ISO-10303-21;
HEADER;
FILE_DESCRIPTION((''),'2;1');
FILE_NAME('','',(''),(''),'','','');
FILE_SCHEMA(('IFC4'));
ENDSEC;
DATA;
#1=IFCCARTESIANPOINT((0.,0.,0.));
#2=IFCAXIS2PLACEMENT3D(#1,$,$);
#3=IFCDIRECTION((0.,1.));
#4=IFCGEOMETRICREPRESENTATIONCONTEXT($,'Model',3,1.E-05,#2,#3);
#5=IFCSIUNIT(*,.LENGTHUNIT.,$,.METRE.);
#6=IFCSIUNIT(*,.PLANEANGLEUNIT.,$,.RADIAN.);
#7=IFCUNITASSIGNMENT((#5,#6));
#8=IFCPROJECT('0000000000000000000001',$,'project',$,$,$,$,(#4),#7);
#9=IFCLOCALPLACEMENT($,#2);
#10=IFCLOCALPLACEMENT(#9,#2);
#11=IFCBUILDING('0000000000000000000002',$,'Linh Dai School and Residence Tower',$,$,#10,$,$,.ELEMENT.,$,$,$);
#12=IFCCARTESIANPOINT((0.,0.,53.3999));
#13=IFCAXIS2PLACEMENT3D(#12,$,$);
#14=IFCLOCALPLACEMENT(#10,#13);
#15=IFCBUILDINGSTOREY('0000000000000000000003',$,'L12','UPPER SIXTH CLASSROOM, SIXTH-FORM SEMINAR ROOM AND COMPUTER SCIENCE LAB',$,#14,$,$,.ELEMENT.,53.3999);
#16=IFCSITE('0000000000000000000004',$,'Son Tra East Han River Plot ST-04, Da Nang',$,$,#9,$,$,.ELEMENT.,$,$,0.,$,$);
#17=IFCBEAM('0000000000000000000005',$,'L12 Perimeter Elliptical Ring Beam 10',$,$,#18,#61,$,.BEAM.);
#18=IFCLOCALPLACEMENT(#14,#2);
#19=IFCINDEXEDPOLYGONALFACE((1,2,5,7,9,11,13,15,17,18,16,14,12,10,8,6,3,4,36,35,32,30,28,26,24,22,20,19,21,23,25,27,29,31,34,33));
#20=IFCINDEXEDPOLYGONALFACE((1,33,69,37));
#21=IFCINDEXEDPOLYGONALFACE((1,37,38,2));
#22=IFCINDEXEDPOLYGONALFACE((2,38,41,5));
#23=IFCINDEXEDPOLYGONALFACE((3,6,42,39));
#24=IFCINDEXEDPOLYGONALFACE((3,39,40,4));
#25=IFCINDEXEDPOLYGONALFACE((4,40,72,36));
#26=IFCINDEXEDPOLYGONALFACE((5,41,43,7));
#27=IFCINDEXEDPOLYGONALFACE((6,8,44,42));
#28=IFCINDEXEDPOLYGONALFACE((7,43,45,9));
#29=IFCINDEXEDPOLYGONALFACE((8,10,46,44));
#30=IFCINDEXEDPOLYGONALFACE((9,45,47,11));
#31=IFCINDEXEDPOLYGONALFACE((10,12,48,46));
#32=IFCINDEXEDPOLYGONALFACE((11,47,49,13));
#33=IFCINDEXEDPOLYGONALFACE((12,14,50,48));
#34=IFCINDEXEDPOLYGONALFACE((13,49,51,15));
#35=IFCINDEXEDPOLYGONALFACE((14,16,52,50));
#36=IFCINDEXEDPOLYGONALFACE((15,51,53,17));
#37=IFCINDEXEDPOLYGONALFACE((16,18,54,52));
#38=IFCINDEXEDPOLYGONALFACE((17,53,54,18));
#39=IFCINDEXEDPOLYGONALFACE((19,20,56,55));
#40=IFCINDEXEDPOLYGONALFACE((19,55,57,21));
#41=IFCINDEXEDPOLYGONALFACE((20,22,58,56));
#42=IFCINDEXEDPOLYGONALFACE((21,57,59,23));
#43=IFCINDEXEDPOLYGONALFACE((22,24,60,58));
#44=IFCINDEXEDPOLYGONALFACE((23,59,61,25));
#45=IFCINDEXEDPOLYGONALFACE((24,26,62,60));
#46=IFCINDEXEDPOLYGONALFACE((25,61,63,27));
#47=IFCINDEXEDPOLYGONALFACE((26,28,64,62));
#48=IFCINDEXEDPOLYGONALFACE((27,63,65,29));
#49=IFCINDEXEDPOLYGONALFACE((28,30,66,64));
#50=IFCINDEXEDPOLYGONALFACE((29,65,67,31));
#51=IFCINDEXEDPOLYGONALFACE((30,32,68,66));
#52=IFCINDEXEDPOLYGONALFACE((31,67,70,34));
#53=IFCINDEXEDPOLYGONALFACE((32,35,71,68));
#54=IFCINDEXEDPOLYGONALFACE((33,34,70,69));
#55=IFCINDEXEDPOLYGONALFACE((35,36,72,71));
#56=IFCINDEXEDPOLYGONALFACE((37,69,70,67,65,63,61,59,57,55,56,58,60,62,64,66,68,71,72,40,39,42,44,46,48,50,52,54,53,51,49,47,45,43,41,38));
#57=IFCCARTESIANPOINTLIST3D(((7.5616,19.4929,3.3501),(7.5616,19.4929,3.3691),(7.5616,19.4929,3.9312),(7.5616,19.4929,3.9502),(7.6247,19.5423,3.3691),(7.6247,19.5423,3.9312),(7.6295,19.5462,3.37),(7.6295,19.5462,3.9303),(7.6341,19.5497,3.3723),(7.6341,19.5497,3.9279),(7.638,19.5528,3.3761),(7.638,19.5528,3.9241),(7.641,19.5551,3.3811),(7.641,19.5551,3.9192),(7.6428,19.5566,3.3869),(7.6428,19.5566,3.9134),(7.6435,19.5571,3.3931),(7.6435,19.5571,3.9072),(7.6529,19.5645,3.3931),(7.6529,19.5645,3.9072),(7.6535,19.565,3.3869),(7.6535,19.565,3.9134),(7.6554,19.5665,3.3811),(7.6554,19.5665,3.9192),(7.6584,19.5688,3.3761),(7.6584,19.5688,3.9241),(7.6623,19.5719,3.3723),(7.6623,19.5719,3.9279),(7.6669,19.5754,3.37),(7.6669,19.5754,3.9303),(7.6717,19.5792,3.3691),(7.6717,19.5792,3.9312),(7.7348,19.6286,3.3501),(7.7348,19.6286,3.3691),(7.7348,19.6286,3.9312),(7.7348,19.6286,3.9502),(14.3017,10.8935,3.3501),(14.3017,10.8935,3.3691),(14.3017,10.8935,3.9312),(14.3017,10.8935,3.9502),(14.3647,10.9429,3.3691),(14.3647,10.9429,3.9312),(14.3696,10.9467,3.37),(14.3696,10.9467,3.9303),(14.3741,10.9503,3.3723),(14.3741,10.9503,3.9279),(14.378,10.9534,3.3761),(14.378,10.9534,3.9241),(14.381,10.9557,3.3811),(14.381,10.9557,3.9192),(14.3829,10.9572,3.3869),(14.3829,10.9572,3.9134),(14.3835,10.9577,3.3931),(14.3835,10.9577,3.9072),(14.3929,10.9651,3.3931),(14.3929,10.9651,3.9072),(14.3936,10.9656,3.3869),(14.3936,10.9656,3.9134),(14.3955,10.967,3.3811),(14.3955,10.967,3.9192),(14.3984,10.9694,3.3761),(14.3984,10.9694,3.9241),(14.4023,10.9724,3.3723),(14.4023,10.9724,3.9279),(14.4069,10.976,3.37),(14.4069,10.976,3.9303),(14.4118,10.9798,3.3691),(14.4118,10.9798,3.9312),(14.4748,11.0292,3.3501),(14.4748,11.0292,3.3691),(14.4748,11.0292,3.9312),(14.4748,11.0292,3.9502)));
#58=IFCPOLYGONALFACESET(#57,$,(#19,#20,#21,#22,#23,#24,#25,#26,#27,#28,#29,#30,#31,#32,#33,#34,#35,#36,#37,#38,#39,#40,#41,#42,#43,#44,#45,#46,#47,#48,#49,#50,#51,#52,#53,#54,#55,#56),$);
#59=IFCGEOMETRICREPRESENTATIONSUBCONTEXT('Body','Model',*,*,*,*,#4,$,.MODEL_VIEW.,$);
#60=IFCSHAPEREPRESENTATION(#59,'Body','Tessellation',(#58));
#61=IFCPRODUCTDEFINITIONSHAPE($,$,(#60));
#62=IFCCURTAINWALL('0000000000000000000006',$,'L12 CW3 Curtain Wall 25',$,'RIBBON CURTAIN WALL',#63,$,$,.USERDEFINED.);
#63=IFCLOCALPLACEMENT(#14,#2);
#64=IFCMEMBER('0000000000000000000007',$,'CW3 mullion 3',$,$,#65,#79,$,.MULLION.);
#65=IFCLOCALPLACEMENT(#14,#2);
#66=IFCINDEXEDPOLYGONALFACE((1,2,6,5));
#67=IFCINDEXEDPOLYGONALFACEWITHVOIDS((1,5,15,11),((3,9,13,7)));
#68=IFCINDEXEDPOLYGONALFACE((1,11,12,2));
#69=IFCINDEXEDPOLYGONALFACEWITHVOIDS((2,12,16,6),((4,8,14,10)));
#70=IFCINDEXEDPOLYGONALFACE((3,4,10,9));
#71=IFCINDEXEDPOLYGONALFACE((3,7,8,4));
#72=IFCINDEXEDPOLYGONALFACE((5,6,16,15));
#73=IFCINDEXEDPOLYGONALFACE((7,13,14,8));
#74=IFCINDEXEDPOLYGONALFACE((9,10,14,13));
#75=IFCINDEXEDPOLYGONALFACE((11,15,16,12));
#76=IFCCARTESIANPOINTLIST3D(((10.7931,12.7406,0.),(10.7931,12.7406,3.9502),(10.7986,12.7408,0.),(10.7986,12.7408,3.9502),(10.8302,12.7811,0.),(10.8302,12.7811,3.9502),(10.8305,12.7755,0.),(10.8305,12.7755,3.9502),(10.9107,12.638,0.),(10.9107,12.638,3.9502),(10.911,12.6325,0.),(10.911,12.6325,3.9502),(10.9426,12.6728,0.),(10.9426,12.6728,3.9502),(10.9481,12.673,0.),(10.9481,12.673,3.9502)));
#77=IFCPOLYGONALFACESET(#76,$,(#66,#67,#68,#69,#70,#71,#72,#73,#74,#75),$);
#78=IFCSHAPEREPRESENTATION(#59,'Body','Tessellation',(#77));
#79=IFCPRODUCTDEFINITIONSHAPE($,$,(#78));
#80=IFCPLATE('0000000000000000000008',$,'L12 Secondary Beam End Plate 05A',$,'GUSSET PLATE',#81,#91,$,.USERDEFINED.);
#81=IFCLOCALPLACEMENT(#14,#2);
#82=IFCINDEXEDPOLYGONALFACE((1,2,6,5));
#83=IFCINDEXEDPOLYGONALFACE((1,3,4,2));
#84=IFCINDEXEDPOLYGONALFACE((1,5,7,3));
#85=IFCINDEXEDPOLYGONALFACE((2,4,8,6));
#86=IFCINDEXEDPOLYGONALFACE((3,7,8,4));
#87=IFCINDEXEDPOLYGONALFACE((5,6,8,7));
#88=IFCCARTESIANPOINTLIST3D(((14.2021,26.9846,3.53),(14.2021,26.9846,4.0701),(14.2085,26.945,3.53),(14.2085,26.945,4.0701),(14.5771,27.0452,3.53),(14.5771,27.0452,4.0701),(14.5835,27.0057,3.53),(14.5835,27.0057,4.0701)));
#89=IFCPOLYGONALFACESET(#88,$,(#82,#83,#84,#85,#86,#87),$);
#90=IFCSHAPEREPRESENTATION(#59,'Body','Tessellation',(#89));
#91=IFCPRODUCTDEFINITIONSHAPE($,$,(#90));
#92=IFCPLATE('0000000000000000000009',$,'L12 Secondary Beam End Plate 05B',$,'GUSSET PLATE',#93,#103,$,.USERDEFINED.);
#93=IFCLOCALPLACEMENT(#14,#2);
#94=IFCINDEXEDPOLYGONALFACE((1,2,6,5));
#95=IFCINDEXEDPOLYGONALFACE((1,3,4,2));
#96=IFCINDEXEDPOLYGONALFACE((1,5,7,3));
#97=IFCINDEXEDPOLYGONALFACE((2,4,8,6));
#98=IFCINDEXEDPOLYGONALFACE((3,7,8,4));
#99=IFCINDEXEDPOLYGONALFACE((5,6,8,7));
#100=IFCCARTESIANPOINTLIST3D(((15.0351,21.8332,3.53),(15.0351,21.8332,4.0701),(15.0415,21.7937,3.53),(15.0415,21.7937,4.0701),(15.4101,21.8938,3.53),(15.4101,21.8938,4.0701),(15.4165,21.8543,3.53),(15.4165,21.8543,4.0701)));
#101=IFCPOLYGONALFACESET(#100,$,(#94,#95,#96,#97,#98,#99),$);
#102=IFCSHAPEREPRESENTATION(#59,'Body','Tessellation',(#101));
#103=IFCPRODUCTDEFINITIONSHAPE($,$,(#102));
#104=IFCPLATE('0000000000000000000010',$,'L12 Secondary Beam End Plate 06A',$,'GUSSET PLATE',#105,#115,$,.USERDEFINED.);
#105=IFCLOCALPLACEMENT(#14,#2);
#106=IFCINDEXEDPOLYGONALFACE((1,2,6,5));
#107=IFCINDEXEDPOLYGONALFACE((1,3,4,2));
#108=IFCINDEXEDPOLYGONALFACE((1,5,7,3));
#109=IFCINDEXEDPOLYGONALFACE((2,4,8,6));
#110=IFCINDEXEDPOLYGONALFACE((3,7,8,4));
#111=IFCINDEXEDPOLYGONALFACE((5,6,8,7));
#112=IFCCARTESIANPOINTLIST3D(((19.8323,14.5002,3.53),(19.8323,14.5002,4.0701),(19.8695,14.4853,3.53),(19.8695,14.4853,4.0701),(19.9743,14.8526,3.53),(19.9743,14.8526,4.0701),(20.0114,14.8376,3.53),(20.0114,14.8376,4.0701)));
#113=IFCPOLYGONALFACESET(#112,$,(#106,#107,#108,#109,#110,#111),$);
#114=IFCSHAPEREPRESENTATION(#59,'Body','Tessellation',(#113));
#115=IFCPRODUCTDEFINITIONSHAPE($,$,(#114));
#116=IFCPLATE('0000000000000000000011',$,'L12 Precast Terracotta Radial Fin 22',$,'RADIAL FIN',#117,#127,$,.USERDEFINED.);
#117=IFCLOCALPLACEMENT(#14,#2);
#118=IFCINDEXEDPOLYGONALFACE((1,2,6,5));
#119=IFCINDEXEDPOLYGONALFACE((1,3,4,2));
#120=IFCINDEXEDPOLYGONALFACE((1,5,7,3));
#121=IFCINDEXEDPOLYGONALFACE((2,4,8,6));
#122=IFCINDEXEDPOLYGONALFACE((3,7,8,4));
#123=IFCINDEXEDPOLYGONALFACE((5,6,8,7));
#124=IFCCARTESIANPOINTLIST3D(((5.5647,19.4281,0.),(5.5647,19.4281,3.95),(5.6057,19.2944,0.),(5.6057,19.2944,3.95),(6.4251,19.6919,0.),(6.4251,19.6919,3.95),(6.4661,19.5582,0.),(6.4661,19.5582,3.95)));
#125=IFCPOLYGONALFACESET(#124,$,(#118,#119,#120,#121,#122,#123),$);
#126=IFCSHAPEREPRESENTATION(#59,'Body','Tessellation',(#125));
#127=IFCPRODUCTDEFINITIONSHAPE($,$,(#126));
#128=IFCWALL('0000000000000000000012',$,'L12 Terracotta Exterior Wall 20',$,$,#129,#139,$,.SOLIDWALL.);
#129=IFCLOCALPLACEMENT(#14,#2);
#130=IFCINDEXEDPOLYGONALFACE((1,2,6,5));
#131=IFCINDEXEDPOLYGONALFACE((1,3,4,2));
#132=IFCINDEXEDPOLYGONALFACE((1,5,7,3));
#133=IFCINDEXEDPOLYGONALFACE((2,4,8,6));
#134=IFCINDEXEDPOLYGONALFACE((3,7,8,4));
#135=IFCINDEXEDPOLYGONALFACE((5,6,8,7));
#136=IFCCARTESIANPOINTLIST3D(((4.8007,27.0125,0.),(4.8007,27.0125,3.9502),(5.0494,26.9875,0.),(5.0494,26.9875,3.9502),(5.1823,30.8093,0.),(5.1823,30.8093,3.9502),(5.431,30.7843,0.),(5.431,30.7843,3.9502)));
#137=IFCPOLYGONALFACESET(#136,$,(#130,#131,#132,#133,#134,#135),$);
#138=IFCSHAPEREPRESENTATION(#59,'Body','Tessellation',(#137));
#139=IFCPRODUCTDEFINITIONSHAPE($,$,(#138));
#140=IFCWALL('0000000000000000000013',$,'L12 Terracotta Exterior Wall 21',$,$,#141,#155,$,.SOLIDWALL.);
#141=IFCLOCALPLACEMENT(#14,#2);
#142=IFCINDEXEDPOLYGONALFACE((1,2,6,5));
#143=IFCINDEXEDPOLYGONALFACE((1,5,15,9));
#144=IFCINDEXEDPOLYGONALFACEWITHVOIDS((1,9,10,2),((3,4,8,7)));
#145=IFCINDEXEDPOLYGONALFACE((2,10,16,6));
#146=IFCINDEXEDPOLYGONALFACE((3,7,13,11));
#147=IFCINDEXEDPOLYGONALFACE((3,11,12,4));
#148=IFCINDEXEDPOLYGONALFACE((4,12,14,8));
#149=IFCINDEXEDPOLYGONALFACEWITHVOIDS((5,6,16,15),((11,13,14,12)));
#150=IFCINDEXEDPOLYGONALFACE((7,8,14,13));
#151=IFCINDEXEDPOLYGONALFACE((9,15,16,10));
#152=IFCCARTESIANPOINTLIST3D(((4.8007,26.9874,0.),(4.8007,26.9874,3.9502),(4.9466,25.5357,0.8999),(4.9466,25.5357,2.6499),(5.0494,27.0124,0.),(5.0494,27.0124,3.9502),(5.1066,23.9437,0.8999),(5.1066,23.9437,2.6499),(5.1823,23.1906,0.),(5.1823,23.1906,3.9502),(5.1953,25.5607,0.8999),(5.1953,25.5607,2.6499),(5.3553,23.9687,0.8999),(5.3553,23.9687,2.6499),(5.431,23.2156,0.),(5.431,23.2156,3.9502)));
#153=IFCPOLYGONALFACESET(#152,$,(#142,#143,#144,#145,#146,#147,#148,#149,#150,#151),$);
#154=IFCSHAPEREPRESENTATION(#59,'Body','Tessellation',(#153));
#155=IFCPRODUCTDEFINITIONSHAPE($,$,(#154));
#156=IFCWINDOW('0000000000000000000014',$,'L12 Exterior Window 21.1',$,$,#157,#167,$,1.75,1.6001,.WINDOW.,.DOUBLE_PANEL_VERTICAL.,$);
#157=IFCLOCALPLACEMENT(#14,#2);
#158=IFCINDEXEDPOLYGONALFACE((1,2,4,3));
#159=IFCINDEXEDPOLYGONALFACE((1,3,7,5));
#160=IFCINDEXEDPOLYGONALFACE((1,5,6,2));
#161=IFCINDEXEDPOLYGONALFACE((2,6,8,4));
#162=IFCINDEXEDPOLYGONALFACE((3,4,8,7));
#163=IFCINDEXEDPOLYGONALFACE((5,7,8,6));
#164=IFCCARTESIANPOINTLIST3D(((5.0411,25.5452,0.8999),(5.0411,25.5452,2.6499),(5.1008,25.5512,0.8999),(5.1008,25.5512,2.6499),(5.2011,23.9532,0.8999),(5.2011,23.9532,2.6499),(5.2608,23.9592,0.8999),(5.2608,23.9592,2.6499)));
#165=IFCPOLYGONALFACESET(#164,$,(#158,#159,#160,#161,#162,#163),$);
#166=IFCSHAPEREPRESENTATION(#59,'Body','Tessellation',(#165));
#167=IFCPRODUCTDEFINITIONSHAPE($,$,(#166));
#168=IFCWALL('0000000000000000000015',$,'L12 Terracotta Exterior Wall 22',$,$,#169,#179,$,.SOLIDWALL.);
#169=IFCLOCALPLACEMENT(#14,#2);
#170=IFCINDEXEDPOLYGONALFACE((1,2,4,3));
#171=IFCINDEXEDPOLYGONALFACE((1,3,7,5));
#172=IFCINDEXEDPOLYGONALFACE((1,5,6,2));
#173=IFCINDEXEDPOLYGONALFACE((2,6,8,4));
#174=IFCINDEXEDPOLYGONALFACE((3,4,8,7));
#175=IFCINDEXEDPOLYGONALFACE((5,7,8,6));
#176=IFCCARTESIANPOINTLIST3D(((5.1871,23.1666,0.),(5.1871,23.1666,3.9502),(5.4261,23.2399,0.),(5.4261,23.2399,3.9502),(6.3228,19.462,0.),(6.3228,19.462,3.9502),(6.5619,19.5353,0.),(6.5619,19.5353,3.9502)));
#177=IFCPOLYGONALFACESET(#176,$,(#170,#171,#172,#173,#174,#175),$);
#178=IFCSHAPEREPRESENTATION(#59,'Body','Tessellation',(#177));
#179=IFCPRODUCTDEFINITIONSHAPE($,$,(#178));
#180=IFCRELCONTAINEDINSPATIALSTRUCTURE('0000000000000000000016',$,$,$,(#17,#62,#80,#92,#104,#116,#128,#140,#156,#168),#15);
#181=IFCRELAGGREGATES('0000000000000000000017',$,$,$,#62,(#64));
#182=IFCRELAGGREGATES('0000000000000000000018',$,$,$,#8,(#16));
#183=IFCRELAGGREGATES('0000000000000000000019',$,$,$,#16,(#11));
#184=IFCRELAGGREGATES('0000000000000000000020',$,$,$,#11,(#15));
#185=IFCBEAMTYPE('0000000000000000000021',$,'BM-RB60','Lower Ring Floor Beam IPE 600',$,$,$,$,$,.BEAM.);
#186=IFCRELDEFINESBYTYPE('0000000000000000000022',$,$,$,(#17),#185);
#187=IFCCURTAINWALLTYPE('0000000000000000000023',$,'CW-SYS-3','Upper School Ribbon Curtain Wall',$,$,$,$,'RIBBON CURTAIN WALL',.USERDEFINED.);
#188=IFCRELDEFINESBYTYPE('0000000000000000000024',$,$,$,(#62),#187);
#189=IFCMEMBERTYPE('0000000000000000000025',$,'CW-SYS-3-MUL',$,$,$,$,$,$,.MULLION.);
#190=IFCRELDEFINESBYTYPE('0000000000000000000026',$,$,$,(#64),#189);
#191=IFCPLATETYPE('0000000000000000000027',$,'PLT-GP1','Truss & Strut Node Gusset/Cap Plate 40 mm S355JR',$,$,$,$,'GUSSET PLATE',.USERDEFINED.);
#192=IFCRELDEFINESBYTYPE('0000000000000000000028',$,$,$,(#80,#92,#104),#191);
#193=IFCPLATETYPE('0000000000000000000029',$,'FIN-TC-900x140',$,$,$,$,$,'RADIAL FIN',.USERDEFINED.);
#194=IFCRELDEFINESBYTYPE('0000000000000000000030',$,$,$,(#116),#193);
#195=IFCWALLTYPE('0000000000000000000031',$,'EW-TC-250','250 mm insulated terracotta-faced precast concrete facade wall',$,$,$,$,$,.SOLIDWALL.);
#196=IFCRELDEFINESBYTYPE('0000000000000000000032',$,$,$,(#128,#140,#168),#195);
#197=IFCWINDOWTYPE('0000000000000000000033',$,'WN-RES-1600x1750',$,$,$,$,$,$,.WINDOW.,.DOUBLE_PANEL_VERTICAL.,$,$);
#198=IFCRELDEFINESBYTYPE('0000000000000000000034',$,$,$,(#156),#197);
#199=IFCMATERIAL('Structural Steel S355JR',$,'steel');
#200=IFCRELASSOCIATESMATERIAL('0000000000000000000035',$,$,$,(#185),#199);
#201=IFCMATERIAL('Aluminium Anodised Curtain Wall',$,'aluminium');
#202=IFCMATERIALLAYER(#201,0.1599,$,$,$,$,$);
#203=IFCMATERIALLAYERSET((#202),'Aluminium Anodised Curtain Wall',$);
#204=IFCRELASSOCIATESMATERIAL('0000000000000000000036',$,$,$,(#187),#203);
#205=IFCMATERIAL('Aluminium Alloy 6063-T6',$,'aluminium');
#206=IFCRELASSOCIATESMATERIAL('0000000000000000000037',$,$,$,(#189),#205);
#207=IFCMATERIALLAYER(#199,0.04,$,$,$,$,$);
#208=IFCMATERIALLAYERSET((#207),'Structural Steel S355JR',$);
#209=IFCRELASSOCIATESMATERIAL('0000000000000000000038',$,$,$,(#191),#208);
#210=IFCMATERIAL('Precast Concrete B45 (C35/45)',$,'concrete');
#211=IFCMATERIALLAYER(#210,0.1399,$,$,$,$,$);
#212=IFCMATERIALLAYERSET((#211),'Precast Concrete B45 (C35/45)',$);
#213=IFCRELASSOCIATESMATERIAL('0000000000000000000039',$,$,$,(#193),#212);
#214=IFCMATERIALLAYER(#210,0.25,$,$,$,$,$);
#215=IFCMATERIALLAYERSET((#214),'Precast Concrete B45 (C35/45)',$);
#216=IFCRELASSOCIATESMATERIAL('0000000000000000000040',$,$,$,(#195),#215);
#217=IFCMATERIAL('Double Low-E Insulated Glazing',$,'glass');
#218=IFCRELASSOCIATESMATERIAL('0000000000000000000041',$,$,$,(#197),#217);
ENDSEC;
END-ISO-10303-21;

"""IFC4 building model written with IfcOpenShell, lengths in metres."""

from ifc_helpers import new_model, si_unit, direction, frame, frame_2d, origin, origin_2d, place, context, subcontext, project, spatial, rectangle, hollow_rectangle, i_section, extrude, source, transform, mapped, material, layer, layer_set, material_profile, profile_set, type_object, element, fill, aggregate, save


model = new_model("IFC4")

# Units and contexts
model_context = context("Model", 3, precision=1e-05, world=origin(), true_north=direction((0.0, 1.0)))
body_context = subcontext(model_context, "Body", "Model", "MODEL_VIEW")
ifc_project = project(units=[si_unit("LENGTHUNIT", "METRE"), si_unit("PLANEANGLEUNIT", "RADIAN")], contexts=[model_context])

# Site, building, storey
site_placement = place(None, origin())
site = spatial("IfcSite", under=ifc_project, at=site_placement, Name="Son Tra East Han River Plot ST-04, Da Nang", CompositionType="ELEMENT", RefElevation=0.0)
building_placement = place(site_placement, origin())
building = spatial("IfcBuilding", under=site, at=building_placement, Name="Linh Dai School and Residence Tower", CompositionType="ELEMENT")
storey_placement = place(building_placement, frame((0.0, 0.0, 53.3999)))
storey = spatial("IfcBuildingStorey", under=building, at=storey_placement, Name="L12", Description="UPPER SIXTH CLASSROOM, SIXTH-FORM SEMINAR ROOM AND COMPUTER SCIENCE LAB", CompositionType="ELEMENT", Elevation=53.3999)

# Shared definitions
ifc_material_1 = material(Name="Structural Steel S355JR", Category="steel")

# Beam
ifc_material_profile_1 = material_profile(ifc_material_1, i_section(OverallWidth=0.22, OverallDepth=0.6001, WebThickness=0.012, FlangeThickness=0.019, FilletRadius=0.0239, at=origin_2d()), Name="IPE 600")
ifc_profile_set_1 = profile_set([ifc_material_profile_1], Name="Structural Steel S355JR")
beam_type_1 = type_object("IfcBeamType", Name="BM-RB60", Description="Lower Ring Floor Beam IPE 600", PredefinedType="BEAM", material=ifc_profile_set_1)
beam_1_placement = place(storey_placement, frame((7.6482, 19.5608, 3.6501), z_axis=(0.616879, -0.787058, 0.0), x_axis=(0.787058, 0.616879, 0.0)))
element("IfcBeam", 1, at=beam_1_placement, inside=storey, type_object=beam_type_1, Name="L12 Perimeter Elliptical Ring Beam 10", PredefinedType="BEAM", context=body_context, shape_type="SweptSolid", body=[
    extrude(i_section(OverallWidth=0.22, OverallDepth=0.6001, WebThickness=0.012, FlangeThickness=0.019, FilletRadius=0.0239, at=origin_2d()), origin(), (0.0, 0.0, 1.0), 10.926),
])

# Curtain wall, member
ifc_material_2 = material(Name="Aluminium Anodised Curtain Wall", Category="aluminium")
ifc_layer_1 = layer(ifc_material_2, 0.1599)
ifc_layer_set_1 = layer_set([ifc_layer_1], Name="Aluminium Anodised Curtain Wall")
curtain_wall_type = type_object("IfcCurtainWallType", Name="CW-SYS-3", Description="Upper School Ribbon Curtain Wall", ElementType="RIBBON CURTAIN WALL", PredefinedType="USERDEFINED", material=ifc_layer_set_1)
curtain_wall_placement = place(storey_placement, origin())
curtain_wall = element("IfcCurtainWall", 2, at=curtain_wall_placement, inside=storey, type_object=curtain_wall_type, Name="L12 CW3 Curtain Wall 25", ObjectType="RIBBON CURTAIN WALL", PredefinedType="USERDEFINED")
ifc_material_3 = material(Name="Aluminium Alloy 6063-T6", Category="aluminium")
ifc_material_profile_2 = material_profile(ifc_material_3, hollow_rectangle(XDim=0.0549, YDim=0.1599, WallThickness=0.0039, at=origin_2d()), Name="RHS 160x55x4")
ifc_profile_set_2 = profile_set([ifc_material_profile_2], Name="Aluminium Alloy 6063-T6")
member_type = type_object("IfcMemberType", Name="CW-SYS-3-MUL", PredefinedType="MULLION", material=ifc_profile_set_2)
shared_shape_1 = source(origin(), body_context, "Body", "SweptSolid", [
    extrude(hollow_rectangle(XDim=0.0549, YDim=0.1599, WallThickness=0.0039, at=origin_2d()), origin(), (0.0, 0.0, 1.0), 3.9502),
])
member_placement = place(storey_placement, frame((10.8706, 12.7068, 0.0), z_axis=(0.0, 0.0, 1.0), x_axis=(-0.675769, -0.737113, 0.0)))
member = element("IfcMember", 3, at=member_placement, type_object=member_type, Name="CW3 mullion 3", PredefinedType="MULLION", context=body_context, shape_type="MappedRepresentation", body=[
    mapped(shared_shape_1, transform((0.0, 0.0, 0.0), x_axis=(1.0, 0.0, 0.0), y_axis=(0.0, 1.0, 0.0), z_axis=(0.0, 0.0, 1.0), scale=1.0)),
])
aggregate(curtain_wall, [member])

# Plates
ifc_layer_2 = layer(ifc_material_1, 0.04)
ifc_layer_set_2 = layer_set([ifc_layer_2], Name="Structural Steel S355JR")
plate_type_1 = type_object("IfcPlateType", Name="PLT-GP1", Description="Truss & Strut Node Gusset/Cap Plate 40 mm S355JR", ElementType="GUSSET PLATE", PredefinedType="USERDEFINED", material=ifc_layer_set_2)
shared_shape_2 = source(origin(), body_context, "Body", "SweptSolid", [
    extrude(rectangle(XDim=0.04, YDim=0.3799, at=origin_2d()), origin(), (0.0, 0.0, 1.0), 0.54),
])
for number, where, z_axis, x_axis, name in (
    (4, (14.3928, 26.9951, 3.53), (0.0, 0.0, 1.0), (0.159659, -0.987172, 0.0), "L12 Secondary Beam End Plate 05A"),
    (5, (15.2258, 21.8438, 3.53), (0.0, 0.0, 1.0), (0.159659, -0.987172, 0.0), "L12 Secondary Beam End Plate 05B"),
    (6, (19.9219, 14.6689, 3.53), (0.0, 0.0, 1.0), (0.927536, -0.373733, 0.0), "L12 Secondary Beam End Plate 06A"),
):
    element("IfcPlate", number, at=place(storey_placement, frame(where, z_axis=z_axis, x_axis=x_axis)), inside=storey, type_object=plate_type_1, Name=name, ObjectType="GUSSET PLATE", PredefinedType="USERDEFINED", context=body_context, shape_type="MappedRepresentation", body=[
        mapped(shared_shape_2, transform((0.0, 0.0, 0.0), x_axis=(1.0, 0.0, 0.0), y_axis=(0.0, 1.0, 0.0), z_axis=(0.0, 0.0, 1.0), scale=1.0)),
    ])
ifc_material_4 = material(Name="Precast Concrete B45 (C35/45)", Category="concrete")
ifc_layer_3 = layer(ifc_material_4, 0.1399)
ifc_layer_set_3 = layer_set([ifc_layer_3], Name="Precast Concrete B45 (C35/45)")
plate_type_2 = type_object("IfcPlateType", Name="FIN-TC-900x140", ElementType="RADIAL FIN", PredefinedType="USERDEFINED", material=ifc_layer_set_3)
shared_shape_3 = source(origin(), body_context, "Body", "SweptSolid", [
    extrude(rectangle(XDim=0.8999, YDim=0.1399, at=origin_2d()), origin(), (0.0, 0.0, 1.0), 3.95),
])
plate_placement = place(storey_placement, frame((6.0154, 19.4932, 0.0), z_axis=(0.0, 0.0, 1.0), x_axis=(-0.956068, -0.293146, 0.0)))
element("IfcPlate", 7, at=plate_placement, inside=storey, type_object=plate_type_2, Name="L12 Precast Terracotta Radial Fin 22", ObjectType="RADIAL FIN", PredefinedType="USERDEFINED", context=body_context, shape_type="MappedRepresentation", body=[
    mapped(shared_shape_3, transform((0.0, 0.0, 0.0), x_axis=(1.0, 0.0, 0.0), y_axis=(0.0, 1.0, 0.0), z_axis=(0.0, 0.0, 1.0), scale=1.0)),
])

# Wall
ifc_layer_4 = layer(ifc_material_4, 0.25)
ifc_layer_set_4 = layer_set([ifc_layer_4], Name="Precast Concrete B45 (C35/45)")
wall_type_1 = type_object("IfcWallType", Name="EW-TC-250", Description="250 mm insulated terracotta-faced precast concrete facade wall", PredefinedType="SOLIDWALL", material=ifc_layer_set_4)
wall_1_placement = place(storey_placement, frame((4.925, 27.0, 0.0), z_axis=(0.0, 0.0, 1.0), x_axis=(0.099998, 0.994988, 0.0)))
element("IfcWall", 8, at=wall_1_placement, inside=storey, type_object=wall_type_1, Name="L12 Terracotta Exterior Wall 20", PredefinedType="SOLIDWALL", context=body_context, shape_type="SweptSolid", body=[
    extrude(rectangle(XDim=3.8159, YDim=0.25, at=frame_2d((1.908, 0.0))), origin(), (0.0, 0.0, 1.0), 3.9502),
])

# Wall, opening, window
wall_2_placement = place(storey_placement, frame((5.3066, 23.2031, 0.0), z_axis=(0.0, 0.0, 1.0), x_axis=(-0.099998, 0.994988, 0.0)))
wall_2 = element("IfcWall", 9, at=wall_2_placement, inside=storey, type_object=wall_type_1, Name="L12 Terracotta Exterior Wall 21", PredefinedType="SOLIDWALL", context=body_context, shape_type="SweptSolid", body=[
    extrude(rectangle(XDim=3.8159, YDim=0.25, at=frame_2d((1.908, 0.0))), origin(), (0.0, 0.0, 1.0), 3.9502),
])
opening_1_placement = place(wall_2_placement, frame((0.7568, 0.0, 0.8999)))
opening_1 = element("IfcOpeningElement", 10, at=opening_1_placement, cuts=wall_2, PredefinedType="OPENING", context=body_context, shape_type="SweptSolid", body=[
    extrude(rectangle(XDim=1.6001, YDim=1.75, at=origin_2d()), frame((0.8, 0.135, 0.875), z_axis=(0.0, -1.0, 0.0), x_axis=(1.0, 0.0, 0.0)), (0.0, 0.0, 1.0), 0.27),
])
ifc_material_5 = material(Name="Double Low-E Insulated Glazing", Category="glass")
window_type_1 = type_object("IfcWindowType", Name="WN-RES-1600x1750", PartitioningType="DOUBLE_PANEL_VERTICAL", PredefinedType="WINDOW", material=ifc_material_5)
shared_shape_4 = source(origin(), body_context, "Body", "SweptSolid", [
    extrude(rectangle(XDim=1.6001, YDim=1.75, at=origin_2d()), frame((0.8, 0.03, 0.875), z_axis=(0.0, -1.0, 0.0), x_axis=(1.0, 0.0, 0.0)), (0.0, 0.0, 1.0), 0.0601),
])
window_1_placement = place(opening_1_placement, origin())
window_1 = element("IfcWindow", 11, at=window_1_placement, inside=storey, type_object=window_type_1, Name="L12 Exterior Window 21.1", OverallHeight=1.75, OverallWidth=1.6001, PartitioningType="DOUBLE_PANEL_VERTICAL", PredefinedType="WINDOW", context=body_context, shape_type="MappedRepresentation", body=[
    mapped(shared_shape_4, transform((0.0, 0.0, 0.0), x_axis=(1.0, 0.0, 0.0), y_axis=(0.0, 1.0, 0.0), z_axis=(0.0, 0.0, 1.0), scale=1.0)),
])
fill(opening_1, window_1)

# Wall
wall_3_placement = place(storey_placement, frame((6.4424, 19.4985, 0.0), z_axis=(0.0, 0.0, 1.0), x_axis=(-0.293112, 0.956078, 0.0)))
element("IfcWall", 12, at=wall_3_placement, inside=storey, type_object=wall_type_1, Name="L12 Terracotta Exterior Wall 22", PredefinedType="SOLIDWALL", context=body_context, shape_type="SweptSolid", body=[
    extrude(rectangle(XDim=3.8748, YDim=0.25, at=frame_2d((1.9375, 0.0))), origin(), (0.0, 0.0, 1.0), 3.9502),
])

save(model, "model.ifc")
